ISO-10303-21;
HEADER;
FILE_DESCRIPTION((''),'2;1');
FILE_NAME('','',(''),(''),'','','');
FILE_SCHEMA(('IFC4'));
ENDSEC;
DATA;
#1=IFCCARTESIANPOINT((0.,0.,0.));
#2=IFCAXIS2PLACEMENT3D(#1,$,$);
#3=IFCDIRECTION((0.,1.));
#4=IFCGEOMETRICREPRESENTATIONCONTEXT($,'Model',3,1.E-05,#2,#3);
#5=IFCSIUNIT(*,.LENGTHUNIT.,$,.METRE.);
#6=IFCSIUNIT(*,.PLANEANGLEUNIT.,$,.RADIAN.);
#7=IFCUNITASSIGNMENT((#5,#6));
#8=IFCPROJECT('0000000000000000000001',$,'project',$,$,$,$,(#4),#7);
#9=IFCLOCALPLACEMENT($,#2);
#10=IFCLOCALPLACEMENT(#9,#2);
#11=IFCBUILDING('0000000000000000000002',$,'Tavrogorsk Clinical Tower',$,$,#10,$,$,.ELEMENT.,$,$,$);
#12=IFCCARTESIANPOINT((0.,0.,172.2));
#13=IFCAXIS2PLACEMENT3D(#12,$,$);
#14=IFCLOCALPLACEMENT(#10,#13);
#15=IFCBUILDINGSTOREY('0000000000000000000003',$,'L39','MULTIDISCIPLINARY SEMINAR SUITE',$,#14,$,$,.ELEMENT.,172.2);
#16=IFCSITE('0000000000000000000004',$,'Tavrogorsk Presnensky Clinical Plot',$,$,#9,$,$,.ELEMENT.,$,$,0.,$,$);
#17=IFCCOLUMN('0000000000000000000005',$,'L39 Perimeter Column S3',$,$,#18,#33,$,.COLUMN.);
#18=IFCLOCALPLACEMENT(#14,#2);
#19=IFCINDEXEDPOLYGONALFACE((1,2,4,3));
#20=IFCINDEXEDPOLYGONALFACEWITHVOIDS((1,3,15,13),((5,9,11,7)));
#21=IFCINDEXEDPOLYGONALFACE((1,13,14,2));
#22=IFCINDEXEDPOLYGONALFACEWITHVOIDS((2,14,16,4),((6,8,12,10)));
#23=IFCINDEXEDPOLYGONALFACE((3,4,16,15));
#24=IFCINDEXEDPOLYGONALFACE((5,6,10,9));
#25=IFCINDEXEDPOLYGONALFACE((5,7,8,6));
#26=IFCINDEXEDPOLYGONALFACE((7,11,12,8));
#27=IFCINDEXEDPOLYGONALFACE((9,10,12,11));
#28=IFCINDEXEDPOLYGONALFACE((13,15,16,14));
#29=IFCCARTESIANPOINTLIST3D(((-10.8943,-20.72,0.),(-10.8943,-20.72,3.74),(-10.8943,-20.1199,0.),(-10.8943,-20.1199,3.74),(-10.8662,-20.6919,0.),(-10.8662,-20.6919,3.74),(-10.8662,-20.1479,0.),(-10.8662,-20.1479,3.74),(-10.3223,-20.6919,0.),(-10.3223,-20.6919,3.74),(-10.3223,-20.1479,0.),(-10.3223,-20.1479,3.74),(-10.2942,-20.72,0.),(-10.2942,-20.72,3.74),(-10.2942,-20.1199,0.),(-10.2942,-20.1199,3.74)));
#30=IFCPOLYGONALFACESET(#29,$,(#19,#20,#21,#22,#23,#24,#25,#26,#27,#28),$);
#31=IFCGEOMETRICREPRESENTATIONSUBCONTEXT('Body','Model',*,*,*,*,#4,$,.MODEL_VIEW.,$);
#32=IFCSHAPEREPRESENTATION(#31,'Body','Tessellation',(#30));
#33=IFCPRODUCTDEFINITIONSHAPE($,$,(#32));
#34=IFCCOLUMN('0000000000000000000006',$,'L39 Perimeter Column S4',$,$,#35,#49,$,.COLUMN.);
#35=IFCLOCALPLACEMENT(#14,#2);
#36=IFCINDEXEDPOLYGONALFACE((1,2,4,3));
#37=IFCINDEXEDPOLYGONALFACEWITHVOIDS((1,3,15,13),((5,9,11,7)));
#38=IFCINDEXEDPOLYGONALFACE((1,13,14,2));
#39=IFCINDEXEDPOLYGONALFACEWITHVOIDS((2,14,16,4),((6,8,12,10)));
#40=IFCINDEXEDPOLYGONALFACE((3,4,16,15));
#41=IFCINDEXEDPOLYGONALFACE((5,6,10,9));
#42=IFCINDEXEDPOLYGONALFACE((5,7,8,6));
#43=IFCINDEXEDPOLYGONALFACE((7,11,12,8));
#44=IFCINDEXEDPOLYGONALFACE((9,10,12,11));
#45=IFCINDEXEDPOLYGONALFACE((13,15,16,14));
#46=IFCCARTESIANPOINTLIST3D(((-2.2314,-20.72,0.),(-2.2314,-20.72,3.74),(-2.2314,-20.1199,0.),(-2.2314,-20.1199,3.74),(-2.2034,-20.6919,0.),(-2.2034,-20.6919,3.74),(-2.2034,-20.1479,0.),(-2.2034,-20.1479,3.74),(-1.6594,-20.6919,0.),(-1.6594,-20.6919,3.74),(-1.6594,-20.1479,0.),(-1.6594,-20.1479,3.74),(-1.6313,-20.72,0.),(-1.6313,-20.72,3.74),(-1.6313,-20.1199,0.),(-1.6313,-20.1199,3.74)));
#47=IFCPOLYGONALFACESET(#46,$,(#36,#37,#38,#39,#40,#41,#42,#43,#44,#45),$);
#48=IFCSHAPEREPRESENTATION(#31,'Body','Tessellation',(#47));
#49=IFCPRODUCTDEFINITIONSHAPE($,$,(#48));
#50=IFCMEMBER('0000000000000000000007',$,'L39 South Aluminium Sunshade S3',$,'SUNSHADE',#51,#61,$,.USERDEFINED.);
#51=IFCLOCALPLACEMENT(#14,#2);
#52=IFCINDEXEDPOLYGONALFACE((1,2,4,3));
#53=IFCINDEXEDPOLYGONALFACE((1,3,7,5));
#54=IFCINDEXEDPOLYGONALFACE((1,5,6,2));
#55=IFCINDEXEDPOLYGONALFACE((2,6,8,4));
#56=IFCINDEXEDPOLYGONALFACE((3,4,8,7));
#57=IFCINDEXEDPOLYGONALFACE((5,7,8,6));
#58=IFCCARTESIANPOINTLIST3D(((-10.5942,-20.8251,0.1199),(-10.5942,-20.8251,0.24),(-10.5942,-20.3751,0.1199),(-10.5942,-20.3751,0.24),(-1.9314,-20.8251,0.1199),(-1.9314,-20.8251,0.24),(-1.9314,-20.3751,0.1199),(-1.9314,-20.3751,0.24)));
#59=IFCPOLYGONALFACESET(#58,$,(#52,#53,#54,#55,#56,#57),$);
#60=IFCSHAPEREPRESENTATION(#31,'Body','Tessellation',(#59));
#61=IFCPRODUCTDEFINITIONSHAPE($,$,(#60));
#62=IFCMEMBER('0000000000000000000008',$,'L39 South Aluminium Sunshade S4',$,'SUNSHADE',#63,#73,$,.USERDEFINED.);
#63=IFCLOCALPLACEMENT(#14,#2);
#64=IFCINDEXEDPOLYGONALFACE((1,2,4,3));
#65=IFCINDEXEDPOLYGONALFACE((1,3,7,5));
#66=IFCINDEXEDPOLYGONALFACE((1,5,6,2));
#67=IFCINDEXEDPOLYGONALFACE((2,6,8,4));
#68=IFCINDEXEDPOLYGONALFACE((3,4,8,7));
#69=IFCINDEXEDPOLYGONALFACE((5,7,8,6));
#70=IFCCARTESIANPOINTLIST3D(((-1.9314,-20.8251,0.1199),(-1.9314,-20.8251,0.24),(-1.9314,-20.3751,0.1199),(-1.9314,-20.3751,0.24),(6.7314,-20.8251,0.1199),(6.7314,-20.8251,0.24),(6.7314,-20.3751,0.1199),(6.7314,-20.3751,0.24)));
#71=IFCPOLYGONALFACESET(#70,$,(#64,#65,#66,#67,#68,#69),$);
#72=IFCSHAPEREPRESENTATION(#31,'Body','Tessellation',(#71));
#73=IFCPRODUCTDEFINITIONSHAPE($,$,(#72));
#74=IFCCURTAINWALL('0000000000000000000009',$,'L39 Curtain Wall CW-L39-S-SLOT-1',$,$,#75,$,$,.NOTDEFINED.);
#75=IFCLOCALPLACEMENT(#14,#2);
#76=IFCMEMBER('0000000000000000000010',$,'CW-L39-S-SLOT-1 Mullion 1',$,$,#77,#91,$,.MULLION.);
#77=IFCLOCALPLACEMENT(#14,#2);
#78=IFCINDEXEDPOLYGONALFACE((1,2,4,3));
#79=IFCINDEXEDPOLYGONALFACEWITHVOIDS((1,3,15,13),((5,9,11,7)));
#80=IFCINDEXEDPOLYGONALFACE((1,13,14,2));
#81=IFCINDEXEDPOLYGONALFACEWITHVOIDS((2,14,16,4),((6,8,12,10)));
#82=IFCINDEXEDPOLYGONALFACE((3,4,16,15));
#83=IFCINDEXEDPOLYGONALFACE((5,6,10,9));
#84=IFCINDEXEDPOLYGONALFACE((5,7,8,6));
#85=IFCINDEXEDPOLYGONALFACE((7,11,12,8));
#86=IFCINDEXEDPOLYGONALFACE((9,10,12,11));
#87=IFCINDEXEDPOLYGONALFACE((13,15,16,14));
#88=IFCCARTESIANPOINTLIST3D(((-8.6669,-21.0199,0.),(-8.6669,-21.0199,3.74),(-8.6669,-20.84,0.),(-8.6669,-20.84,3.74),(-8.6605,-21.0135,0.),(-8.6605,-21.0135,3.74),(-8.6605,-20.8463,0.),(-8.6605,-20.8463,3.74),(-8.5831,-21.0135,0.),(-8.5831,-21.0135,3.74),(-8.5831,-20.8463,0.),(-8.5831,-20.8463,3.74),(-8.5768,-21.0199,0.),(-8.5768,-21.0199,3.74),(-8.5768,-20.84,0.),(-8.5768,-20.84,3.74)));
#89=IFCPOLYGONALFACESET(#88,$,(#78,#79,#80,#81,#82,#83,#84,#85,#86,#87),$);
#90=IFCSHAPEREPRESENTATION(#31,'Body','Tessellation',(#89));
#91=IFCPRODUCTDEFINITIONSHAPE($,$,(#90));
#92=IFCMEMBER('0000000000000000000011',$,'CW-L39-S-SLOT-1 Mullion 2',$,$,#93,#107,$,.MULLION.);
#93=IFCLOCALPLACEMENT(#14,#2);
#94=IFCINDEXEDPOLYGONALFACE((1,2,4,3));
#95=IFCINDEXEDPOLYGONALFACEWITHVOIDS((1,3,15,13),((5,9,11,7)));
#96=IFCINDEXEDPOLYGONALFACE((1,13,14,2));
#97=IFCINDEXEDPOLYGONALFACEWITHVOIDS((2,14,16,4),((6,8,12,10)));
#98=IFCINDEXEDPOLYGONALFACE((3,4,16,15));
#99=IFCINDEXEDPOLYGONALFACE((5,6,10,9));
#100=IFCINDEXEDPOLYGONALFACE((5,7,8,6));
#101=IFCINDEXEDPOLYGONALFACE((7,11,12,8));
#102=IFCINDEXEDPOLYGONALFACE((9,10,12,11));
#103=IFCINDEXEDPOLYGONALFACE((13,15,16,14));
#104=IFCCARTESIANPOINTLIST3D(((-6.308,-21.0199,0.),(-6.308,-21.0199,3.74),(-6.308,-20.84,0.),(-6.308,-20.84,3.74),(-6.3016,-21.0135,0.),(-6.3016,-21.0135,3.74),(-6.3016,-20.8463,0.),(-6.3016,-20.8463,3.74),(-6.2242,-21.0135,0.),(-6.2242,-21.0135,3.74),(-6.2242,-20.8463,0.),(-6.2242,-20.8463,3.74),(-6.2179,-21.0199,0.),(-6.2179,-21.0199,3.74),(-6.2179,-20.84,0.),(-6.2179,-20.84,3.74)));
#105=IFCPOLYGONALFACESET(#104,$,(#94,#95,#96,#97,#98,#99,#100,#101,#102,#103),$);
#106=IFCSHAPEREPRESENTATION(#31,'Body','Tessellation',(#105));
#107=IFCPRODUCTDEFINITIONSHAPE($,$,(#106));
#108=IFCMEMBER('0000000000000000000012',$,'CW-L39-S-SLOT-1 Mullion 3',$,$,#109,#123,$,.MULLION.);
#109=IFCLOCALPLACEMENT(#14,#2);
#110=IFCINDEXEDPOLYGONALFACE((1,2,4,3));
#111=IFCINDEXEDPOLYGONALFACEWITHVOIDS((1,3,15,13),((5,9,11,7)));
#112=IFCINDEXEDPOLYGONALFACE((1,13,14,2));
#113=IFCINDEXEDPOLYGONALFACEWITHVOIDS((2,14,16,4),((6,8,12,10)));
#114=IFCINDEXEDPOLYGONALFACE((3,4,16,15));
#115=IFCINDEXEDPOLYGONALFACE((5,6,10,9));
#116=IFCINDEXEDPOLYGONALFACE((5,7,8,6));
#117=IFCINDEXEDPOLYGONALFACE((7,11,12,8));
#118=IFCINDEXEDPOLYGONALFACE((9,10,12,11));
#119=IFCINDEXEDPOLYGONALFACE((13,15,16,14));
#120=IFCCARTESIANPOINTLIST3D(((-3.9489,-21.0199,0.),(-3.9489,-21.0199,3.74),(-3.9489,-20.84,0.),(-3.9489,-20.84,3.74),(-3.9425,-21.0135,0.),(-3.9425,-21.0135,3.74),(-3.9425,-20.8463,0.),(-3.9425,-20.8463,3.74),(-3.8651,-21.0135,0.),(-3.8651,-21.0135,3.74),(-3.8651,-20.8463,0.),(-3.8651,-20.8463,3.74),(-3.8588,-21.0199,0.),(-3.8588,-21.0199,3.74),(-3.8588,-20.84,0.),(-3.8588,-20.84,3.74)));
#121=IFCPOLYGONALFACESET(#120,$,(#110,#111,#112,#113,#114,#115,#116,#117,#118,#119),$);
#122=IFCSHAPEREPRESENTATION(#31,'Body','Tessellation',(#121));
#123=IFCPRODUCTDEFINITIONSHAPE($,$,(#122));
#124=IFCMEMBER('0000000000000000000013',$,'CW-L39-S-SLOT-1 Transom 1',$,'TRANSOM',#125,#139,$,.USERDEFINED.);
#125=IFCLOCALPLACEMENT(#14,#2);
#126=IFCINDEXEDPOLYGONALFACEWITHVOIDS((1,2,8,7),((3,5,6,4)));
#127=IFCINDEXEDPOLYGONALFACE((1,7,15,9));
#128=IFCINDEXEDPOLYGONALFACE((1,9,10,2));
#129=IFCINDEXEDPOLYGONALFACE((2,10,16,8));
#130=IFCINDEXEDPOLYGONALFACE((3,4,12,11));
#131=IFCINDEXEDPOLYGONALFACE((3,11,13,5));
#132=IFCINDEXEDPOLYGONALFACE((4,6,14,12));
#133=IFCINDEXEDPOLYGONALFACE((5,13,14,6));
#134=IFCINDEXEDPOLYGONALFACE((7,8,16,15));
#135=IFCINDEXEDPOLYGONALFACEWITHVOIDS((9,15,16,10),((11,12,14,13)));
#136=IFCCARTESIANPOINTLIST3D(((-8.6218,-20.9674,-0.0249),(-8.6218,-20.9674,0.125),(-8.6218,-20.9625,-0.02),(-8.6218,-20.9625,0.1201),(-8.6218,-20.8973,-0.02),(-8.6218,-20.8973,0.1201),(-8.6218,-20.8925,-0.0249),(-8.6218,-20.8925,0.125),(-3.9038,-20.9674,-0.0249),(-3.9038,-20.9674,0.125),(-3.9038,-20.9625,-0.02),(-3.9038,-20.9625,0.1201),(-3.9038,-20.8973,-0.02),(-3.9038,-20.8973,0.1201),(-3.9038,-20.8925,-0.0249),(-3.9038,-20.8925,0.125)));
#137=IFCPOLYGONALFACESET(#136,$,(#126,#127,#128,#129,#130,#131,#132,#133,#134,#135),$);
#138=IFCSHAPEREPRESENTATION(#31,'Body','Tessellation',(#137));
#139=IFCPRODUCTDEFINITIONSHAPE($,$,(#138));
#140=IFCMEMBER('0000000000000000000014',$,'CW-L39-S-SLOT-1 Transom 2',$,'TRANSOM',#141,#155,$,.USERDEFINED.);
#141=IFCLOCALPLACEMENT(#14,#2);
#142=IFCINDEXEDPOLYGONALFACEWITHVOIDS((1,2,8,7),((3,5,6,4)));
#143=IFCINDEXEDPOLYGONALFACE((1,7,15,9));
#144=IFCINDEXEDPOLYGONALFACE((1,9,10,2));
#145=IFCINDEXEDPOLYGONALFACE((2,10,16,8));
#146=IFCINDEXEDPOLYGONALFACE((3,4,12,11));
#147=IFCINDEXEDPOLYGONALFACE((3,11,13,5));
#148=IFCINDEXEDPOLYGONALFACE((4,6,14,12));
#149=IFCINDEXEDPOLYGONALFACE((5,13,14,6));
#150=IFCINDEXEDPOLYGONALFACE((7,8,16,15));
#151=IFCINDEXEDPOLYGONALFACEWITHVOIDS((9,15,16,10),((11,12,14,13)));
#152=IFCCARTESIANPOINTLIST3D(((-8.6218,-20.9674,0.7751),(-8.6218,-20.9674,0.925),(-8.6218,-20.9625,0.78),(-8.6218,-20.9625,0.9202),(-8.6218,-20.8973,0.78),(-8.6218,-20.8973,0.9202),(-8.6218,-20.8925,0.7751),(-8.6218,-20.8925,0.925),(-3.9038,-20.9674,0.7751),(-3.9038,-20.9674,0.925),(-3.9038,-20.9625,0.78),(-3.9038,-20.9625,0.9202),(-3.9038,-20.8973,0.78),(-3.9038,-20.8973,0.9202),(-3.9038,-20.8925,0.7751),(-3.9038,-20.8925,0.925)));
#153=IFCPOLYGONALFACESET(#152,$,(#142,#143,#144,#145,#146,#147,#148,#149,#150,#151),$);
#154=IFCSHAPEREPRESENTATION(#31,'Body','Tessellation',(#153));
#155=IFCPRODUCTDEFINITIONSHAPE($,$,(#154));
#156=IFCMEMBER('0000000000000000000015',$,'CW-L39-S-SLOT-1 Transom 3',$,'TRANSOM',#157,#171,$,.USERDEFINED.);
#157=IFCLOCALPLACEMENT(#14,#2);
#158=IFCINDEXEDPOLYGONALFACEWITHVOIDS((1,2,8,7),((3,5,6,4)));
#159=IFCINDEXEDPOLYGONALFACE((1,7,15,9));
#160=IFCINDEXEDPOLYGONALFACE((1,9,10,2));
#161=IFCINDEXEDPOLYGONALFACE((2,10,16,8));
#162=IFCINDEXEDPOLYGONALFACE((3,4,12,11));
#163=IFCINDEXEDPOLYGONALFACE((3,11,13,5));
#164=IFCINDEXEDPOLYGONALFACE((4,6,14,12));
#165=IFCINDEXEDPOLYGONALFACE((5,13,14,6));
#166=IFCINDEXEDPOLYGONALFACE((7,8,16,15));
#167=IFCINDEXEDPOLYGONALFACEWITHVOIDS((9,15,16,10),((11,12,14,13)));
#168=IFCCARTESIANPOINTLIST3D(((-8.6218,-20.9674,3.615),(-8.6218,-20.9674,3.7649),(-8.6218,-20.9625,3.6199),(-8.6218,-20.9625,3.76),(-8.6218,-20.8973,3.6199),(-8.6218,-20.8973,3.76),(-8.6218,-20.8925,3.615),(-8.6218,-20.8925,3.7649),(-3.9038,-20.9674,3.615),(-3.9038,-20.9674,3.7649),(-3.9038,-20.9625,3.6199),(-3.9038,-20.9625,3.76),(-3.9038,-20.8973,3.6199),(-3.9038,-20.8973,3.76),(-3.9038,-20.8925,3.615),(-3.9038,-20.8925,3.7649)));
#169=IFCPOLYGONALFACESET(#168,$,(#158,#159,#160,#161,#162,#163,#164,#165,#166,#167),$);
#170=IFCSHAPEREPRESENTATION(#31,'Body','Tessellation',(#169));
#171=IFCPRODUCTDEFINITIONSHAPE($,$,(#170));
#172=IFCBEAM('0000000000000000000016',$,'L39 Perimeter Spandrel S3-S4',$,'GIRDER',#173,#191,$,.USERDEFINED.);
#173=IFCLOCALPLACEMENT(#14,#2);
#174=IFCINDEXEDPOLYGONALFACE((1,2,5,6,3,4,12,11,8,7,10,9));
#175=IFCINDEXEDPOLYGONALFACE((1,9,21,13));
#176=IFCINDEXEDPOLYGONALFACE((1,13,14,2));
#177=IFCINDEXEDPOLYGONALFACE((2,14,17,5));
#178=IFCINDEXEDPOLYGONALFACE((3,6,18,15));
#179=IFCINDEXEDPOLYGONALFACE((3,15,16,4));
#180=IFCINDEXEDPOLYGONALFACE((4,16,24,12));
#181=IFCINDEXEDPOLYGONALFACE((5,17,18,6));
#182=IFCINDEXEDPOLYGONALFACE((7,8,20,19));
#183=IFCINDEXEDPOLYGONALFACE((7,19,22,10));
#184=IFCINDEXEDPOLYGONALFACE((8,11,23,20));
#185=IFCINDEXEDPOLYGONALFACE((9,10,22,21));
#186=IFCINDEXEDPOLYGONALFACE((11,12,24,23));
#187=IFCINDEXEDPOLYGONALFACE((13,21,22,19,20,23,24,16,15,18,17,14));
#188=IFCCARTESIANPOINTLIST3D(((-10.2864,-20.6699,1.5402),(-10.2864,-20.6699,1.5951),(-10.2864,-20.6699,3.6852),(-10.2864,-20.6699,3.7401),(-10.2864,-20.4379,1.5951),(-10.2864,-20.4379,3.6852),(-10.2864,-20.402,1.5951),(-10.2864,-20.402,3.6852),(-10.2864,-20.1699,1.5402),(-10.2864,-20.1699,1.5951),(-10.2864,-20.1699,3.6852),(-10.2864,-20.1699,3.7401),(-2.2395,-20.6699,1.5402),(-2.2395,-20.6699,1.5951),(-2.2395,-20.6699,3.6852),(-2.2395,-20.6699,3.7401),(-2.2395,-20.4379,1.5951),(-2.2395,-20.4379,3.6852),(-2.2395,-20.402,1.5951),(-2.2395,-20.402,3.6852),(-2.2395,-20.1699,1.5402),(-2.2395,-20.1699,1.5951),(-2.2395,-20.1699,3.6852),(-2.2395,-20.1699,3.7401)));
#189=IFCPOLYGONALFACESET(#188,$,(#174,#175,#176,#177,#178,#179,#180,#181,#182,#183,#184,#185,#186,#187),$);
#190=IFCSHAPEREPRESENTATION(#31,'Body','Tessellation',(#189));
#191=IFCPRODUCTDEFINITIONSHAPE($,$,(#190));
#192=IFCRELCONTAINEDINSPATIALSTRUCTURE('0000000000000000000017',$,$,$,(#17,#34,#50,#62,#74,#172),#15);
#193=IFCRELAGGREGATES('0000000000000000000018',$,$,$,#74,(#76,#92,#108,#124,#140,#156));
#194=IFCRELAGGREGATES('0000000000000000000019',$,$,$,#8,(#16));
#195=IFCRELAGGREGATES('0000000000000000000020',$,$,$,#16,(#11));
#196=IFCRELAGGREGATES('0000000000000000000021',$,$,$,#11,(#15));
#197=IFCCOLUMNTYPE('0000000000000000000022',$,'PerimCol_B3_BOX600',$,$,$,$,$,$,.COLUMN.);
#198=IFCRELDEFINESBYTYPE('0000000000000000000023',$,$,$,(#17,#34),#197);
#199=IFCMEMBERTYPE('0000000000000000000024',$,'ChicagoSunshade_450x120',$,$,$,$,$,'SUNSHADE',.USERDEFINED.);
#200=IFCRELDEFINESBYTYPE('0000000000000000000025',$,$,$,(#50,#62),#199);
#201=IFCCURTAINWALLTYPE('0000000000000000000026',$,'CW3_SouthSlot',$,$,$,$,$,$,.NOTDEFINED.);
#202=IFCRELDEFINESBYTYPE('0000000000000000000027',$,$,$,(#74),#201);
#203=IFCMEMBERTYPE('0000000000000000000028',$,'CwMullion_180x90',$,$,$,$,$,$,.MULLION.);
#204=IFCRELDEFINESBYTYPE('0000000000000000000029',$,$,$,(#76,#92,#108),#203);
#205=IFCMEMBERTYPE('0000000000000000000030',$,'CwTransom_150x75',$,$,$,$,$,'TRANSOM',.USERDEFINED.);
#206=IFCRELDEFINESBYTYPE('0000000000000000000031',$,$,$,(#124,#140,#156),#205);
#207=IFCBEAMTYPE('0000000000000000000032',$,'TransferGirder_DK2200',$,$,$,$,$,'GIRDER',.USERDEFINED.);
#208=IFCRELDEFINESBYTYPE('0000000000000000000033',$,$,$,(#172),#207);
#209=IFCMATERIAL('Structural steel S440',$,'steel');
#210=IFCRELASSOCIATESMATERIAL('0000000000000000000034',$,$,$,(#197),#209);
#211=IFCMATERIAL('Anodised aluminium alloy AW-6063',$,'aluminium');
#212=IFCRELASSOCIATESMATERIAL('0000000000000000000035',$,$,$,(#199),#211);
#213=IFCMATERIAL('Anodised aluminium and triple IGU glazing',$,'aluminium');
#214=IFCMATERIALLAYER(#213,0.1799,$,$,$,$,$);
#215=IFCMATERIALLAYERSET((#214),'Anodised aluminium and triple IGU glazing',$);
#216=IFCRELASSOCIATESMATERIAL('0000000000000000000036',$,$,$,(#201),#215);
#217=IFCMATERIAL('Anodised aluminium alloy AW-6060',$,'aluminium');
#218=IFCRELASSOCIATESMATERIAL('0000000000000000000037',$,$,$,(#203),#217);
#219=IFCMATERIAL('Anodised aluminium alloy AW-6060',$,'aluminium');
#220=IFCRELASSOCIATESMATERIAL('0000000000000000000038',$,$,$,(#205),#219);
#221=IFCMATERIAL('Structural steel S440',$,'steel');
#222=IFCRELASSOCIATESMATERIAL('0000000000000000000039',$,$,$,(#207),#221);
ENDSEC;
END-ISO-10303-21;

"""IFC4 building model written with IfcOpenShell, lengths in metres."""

from ifc_helpers import new_model, si_unit, direction, frame, origin, origin_2d, place, context, subcontext, project, spatial, rectangle, hollow_rectangle, i_section, extrude, material, layer, layer_set, material_profile, profile_set, type_object, element, aggregate, save


model = new_model("IFC4")

# Units and contexts
model_context = context("Model", 3, precision=1e-05, world=origin(), true_north=direction((0.0, 1.0)))
body_context = subcontext(model_context, "Body", "Model", "MODEL_VIEW")
ifc_project = project(units=[si_unit("LENGTHUNIT", "METRE"), si_unit("PLANEANGLEUNIT", "RADIAN")], contexts=[model_context])

# Site, building, storey
site_placement = place(None, origin())
site = spatial("IfcSite", under=ifc_project, at=site_placement, Name="Tavrogorsk Presnensky Clinical Plot", CompositionType="ELEMENT", RefElevation=0.0)
building_placement = place(site_placement, origin())
building = spatial("IfcBuilding", under=site, at=building_placement, Name="Tavrogorsk Clinical Tower", CompositionType="ELEMENT")
storey_placement = place(building_placement, frame((0.0, 0.0, 172.2)))
storey = spatial("IfcBuildingStorey", under=building, at=storey_placement, Name="L39", Description="MULTIDISCIPLINARY SEMINAR SUITE", CompositionType="ELEMENT", Elevation=172.2)

# Columns
ifc_material_1 = material(Name="Structural steel S440", Category="steel")
ifc_material_profile_1 = material_profile(ifc_material_1, hollow_rectangle(XDim=0.6001, YDim=0.6001, WallThickness=0.0281, at=origin_2d()), Name="BOX-600x600x28")
ifc_profile_set_1 = profile_set([ifc_material_profile_1], Name="Structural steel S440")
column_type = type_object("IfcColumnType", Name="PerimCol_B3_BOX600", PredefinedType="COLUMN", material=ifc_profile_set_1)
for number, where, z_axis, x_axis, name in (
    (1, (-10.5942, -20.4199, 0.0), (0.0, 0.0, 1.0), (1.0, 0.0, 0.0), "L39 Perimeter Column S3"),
    (2, (-1.9314, -20.4199, 0.0), (0.0, 0.0, 1.0), (1.0, 0.0, 0.0), "L39 Perimeter Column S4"),
):
    element("IfcColumn", number, at=place(storey_placement, frame(where, z_axis=z_axis, x_axis=x_axis)), inside=storey, type_object=column_type, Name=name, PredefinedType="COLUMN", context=body_context, shape_type="SweptSolid", body=[
        extrude(hollow_rectangle(XDim=0.6001, YDim=0.6001, WallThickness=0.0281, at=origin_2d()), origin(), (0.0, 0.0, 1.0), 3.74),
    ])

# Members
ifc_material_2 = material(Name="Anodised aluminium alloy AW-6063", Category="aluminium")
ifc_material_profile_2 = material_profile(ifc_material_2, rectangle(XDim=0.45, YDim=0.1201, at=origin_2d()), Name="ALU-SUNSHADE-450x120")
ifc_profile_set_2 = profile_set([ifc_material_profile_2], Name="Anodised aluminium alloy AW-6063")
member_type_1 = type_object("IfcMemberType", Name="ChicagoSunshade_450x120", ElementType="SUNSHADE", PredefinedType="USERDEFINED", material=ifc_profile_set_2)
for number, where, z_axis, x_axis, name in (
    (3, (-10.5942, -20.6001, 0.1799), (1.0, 0.0, 0.0), (0.0, 1.0, 0.0), "L39 South Aluminium Sunshade S3"),
    (4, (-1.9314, -20.6001, 0.1799), (1.0, 0.0, 0.0), (0.0, 1.0, 0.0), "L39 South Aluminium Sunshade S4"),
):
    element("IfcMember", number, at=place(storey_placement, frame(where, z_axis=z_axis, x_axis=x_axis)), inside=storey, type_object=member_type_1, Name=name, ObjectType="SUNSHADE", PredefinedType="USERDEFINED", context=body_context, shape_type="SweptSolid", body=[
        extrude(rectangle(XDim=0.45, YDim=0.1201, at=origin_2d()), origin(), (0.0, 0.0, 1.0), 8.6628),
    ])

# Curtain wall, members
ifc_material_3 = material(Name="Anodised aluminium and triple IGU glazing", Category="aluminium")
ifc_layer_1 = layer(ifc_material_3, 0.1799)
ifc_layer_set_1 = layer_set([ifc_layer_1], Name="Anodised aluminium and triple IGU glazing")
curtain_wall_type = type_object("IfcCurtainWallType", Name="CW3_SouthSlot", PredefinedType="NOTDEFINED", material=ifc_layer_set_1)
curtain_wall_placement = place(storey_placement, origin())
curtain_wall = element("IfcCurtainWall", 5, at=curtain_wall_placement, inside=storey, type_object=curtain_wall_type, Name="L39 Curtain Wall CW-L39-S-SLOT-1", PredefinedType="NOTDEFINED")
ifc_material_4 = material(Name="Anodised aluminium alloy AW-6060", Category="aluminium")
ifc_material_profile_3 = material_profile(ifc_material_4, hollow_rectangle(XDim=0.0901, YDim=0.1799, WallThickness=0.0063, at=origin_2d()), Name="RHS-180x90x6.3")
ifc_profile_set_3 = profile_set([ifc_material_profile_3], Name="Anodised aluminium alloy AW-6060")
member_type_2 = type_object("IfcMemberType", Name="CwMullion_180x90", PredefinedType="MULLION", material=ifc_profile_set_3)
member_1_placement = place(storey_placement, frame((-8.6218, -20.9299, 0.0), z_axis=(0.0, 0.0, 1.0), x_axis=(1.0, 0.0, 0.0)))
member_1 = element("IfcMember", 6, at=member_1_placement, type_object=member_type_2, Name="CW-L39-S-SLOT-1 Mullion 1", PredefinedType="MULLION", context=body_context, shape_type="SweptSolid", body=[
    extrude(hollow_rectangle(XDim=0.0901, YDim=0.1799, WallThickness=0.0063, at=origin_2d()), origin(), (0.0, 0.0, 1.0), 3.74),
])
member_2_placement = place(storey_placement, frame((-6.2629, -20.9299, 0.0), z_axis=(0.0, 0.0, 1.0), x_axis=(1.0, 0.0, 0.0)))
member_2 = element("IfcMember", 7, at=member_2_placement, type_object=member_type_2, Name="CW-L39-S-SLOT-1 Mullion 2", PredefinedType="MULLION", context=body_context, shape_type="SweptSolid", body=[
    extrude(hollow_rectangle(XDim=0.0901, YDim=0.1799, WallThickness=0.0063, at=origin_2d()), origin(), (0.0, 0.0, 1.0), 3.74),
])
member_3_placement = place(storey_placement, frame((-3.9038, -20.9299, 0.0), z_axis=(0.0, 0.0, 1.0), x_axis=(1.0, 0.0, 0.0)))
member_3 = element("IfcMember", 8, at=member_3_placement, type_object=member_type_2, Name="CW-L39-S-SLOT-1 Mullion 3", PredefinedType="MULLION", context=body_context, shape_type="SweptSolid", body=[
    extrude(hollow_rectangle(XDim=0.0901, YDim=0.1799, WallThickness=0.0063, at=origin_2d()), origin(), (0.0, 0.0, 1.0), 3.74),
])
ifc_material_5 = material(Name="Anodised aluminium alloy AW-6060", Category="aluminium")
ifc_material_profile_4 = material_profile(ifc_material_5, hollow_rectangle(XDim=0.075, YDim=0.1499, WallThickness=0.0049, at=origin_2d()), Name="RHS-150x75x5")
ifc_profile_set_4 = profile_set([ifc_material_profile_4], Name="Anodised aluminium alloy AW-6060")
member_type_3 = type_object("IfcMemberType", Name="CwTransom_150x75", ElementType="TRANSOM", PredefinedType="USERDEFINED", material=ifc_profile_set_4)
member_4_placement = place(storey_placement, frame((-8.6218, -20.9299, 0.05), z_axis=(1.0, 0.0, 0.0), x_axis=(0.0, 1.0, 0.0)))
member_4 = element("IfcMember", 9, at=member_4_placement, type_object=member_type_3, Name="CW-L39-S-SLOT-1 Transom 1", ObjectType="TRANSOM", PredefinedType="USERDEFINED", context=body_context, shape_type="SweptSolid", body=[
    extrude(hollow_rectangle(XDim=0.075, YDim=0.1499, WallThickness=0.0049, at=origin_2d()), origin(), (0.0, 0.0, 1.0), 4.718),
])
member_5_placement = place(storey_placement, frame((-8.6218, -20.9299, 0.8501), z_axis=(1.0, 0.0, 0.0), x_axis=(0.0, 1.0, 0.0)))
member_5 = element("IfcMember", 10, at=member_5_placement, type_object=member_type_3, Name="CW-L39-S-SLOT-1 Transom 2", ObjectType="TRANSOM", PredefinedType="USERDEFINED", context=body_context, shape_type="SweptSolid", body=[
    extrude(hollow_rectangle(XDim=0.075, YDim=0.1499, WallThickness=0.0049, at=origin_2d()), origin(), (0.0, 0.0, 1.0), 4.718),
])
member_6_placement = place(storey_placement, frame((-8.6218, -20.9299, 3.6899), z_axis=(1.0, 0.0, 0.0), x_axis=(0.0, 1.0, 0.0)))
member_6 = element("IfcMember", 11, at=member_6_placement, type_object=member_type_3, Name="CW-L39-S-SLOT-1 Transom 3", ObjectType="TRANSOM", PredefinedType="USERDEFINED", context=body_context, shape_type="SweptSolid", body=[
    extrude(hollow_rectangle(XDim=0.075, YDim=0.1499, WallThickness=0.0049, at=origin_2d()), origin(), (0.0, 0.0, 1.0), 4.718),
])

# Beam
ifc_material_6 = material(Name="Structural steel S440", Category="steel")
ifc_material_profile_5 = material_profile(ifc_material_6, i_section(OverallWidth=0.5, OverallDepth=2.2, WebThickness=0.0359, FlangeThickness=0.0549, at=origin_2d()), Name="DK-2200x500x36x55")
ifc_profile_set_5 = profile_set([ifc_material_profile_5], Name="Structural steel S440")
beam_type = type_object("IfcBeamType", Name="TransferGirder_DK2200", ElementType="GIRDER", PredefinedType="USERDEFINED", material=ifc_profile_set_5)
beam_1_placement = place(storey_placement, frame((-10.2864, -20.4199, 2.6401), z_axis=(1.0, 0.0, 0.0), x_axis=(0.0, 1.0, 0.0)))
element("IfcBeam", 12, at=beam_1_placement, inside=storey, type_object=beam_type, Name="L39 Perimeter Spandrel S3-S4", ObjectType="GIRDER", PredefinedType="USERDEFINED", context=body_context, shape_type="SweptSolid", body=[
    extrude(i_section(OverallWidth=0.5, OverallDepth=2.2, WebThickness=0.0359, FlangeThickness=0.0549, at=origin_2d()), origin(), (0.0, 0.0, 1.0), 8.0469),
])

aggregate(curtain_wall, [member_1, member_2, member_3, member_4, member_5, member_6])

save(model, "model.ifc")
